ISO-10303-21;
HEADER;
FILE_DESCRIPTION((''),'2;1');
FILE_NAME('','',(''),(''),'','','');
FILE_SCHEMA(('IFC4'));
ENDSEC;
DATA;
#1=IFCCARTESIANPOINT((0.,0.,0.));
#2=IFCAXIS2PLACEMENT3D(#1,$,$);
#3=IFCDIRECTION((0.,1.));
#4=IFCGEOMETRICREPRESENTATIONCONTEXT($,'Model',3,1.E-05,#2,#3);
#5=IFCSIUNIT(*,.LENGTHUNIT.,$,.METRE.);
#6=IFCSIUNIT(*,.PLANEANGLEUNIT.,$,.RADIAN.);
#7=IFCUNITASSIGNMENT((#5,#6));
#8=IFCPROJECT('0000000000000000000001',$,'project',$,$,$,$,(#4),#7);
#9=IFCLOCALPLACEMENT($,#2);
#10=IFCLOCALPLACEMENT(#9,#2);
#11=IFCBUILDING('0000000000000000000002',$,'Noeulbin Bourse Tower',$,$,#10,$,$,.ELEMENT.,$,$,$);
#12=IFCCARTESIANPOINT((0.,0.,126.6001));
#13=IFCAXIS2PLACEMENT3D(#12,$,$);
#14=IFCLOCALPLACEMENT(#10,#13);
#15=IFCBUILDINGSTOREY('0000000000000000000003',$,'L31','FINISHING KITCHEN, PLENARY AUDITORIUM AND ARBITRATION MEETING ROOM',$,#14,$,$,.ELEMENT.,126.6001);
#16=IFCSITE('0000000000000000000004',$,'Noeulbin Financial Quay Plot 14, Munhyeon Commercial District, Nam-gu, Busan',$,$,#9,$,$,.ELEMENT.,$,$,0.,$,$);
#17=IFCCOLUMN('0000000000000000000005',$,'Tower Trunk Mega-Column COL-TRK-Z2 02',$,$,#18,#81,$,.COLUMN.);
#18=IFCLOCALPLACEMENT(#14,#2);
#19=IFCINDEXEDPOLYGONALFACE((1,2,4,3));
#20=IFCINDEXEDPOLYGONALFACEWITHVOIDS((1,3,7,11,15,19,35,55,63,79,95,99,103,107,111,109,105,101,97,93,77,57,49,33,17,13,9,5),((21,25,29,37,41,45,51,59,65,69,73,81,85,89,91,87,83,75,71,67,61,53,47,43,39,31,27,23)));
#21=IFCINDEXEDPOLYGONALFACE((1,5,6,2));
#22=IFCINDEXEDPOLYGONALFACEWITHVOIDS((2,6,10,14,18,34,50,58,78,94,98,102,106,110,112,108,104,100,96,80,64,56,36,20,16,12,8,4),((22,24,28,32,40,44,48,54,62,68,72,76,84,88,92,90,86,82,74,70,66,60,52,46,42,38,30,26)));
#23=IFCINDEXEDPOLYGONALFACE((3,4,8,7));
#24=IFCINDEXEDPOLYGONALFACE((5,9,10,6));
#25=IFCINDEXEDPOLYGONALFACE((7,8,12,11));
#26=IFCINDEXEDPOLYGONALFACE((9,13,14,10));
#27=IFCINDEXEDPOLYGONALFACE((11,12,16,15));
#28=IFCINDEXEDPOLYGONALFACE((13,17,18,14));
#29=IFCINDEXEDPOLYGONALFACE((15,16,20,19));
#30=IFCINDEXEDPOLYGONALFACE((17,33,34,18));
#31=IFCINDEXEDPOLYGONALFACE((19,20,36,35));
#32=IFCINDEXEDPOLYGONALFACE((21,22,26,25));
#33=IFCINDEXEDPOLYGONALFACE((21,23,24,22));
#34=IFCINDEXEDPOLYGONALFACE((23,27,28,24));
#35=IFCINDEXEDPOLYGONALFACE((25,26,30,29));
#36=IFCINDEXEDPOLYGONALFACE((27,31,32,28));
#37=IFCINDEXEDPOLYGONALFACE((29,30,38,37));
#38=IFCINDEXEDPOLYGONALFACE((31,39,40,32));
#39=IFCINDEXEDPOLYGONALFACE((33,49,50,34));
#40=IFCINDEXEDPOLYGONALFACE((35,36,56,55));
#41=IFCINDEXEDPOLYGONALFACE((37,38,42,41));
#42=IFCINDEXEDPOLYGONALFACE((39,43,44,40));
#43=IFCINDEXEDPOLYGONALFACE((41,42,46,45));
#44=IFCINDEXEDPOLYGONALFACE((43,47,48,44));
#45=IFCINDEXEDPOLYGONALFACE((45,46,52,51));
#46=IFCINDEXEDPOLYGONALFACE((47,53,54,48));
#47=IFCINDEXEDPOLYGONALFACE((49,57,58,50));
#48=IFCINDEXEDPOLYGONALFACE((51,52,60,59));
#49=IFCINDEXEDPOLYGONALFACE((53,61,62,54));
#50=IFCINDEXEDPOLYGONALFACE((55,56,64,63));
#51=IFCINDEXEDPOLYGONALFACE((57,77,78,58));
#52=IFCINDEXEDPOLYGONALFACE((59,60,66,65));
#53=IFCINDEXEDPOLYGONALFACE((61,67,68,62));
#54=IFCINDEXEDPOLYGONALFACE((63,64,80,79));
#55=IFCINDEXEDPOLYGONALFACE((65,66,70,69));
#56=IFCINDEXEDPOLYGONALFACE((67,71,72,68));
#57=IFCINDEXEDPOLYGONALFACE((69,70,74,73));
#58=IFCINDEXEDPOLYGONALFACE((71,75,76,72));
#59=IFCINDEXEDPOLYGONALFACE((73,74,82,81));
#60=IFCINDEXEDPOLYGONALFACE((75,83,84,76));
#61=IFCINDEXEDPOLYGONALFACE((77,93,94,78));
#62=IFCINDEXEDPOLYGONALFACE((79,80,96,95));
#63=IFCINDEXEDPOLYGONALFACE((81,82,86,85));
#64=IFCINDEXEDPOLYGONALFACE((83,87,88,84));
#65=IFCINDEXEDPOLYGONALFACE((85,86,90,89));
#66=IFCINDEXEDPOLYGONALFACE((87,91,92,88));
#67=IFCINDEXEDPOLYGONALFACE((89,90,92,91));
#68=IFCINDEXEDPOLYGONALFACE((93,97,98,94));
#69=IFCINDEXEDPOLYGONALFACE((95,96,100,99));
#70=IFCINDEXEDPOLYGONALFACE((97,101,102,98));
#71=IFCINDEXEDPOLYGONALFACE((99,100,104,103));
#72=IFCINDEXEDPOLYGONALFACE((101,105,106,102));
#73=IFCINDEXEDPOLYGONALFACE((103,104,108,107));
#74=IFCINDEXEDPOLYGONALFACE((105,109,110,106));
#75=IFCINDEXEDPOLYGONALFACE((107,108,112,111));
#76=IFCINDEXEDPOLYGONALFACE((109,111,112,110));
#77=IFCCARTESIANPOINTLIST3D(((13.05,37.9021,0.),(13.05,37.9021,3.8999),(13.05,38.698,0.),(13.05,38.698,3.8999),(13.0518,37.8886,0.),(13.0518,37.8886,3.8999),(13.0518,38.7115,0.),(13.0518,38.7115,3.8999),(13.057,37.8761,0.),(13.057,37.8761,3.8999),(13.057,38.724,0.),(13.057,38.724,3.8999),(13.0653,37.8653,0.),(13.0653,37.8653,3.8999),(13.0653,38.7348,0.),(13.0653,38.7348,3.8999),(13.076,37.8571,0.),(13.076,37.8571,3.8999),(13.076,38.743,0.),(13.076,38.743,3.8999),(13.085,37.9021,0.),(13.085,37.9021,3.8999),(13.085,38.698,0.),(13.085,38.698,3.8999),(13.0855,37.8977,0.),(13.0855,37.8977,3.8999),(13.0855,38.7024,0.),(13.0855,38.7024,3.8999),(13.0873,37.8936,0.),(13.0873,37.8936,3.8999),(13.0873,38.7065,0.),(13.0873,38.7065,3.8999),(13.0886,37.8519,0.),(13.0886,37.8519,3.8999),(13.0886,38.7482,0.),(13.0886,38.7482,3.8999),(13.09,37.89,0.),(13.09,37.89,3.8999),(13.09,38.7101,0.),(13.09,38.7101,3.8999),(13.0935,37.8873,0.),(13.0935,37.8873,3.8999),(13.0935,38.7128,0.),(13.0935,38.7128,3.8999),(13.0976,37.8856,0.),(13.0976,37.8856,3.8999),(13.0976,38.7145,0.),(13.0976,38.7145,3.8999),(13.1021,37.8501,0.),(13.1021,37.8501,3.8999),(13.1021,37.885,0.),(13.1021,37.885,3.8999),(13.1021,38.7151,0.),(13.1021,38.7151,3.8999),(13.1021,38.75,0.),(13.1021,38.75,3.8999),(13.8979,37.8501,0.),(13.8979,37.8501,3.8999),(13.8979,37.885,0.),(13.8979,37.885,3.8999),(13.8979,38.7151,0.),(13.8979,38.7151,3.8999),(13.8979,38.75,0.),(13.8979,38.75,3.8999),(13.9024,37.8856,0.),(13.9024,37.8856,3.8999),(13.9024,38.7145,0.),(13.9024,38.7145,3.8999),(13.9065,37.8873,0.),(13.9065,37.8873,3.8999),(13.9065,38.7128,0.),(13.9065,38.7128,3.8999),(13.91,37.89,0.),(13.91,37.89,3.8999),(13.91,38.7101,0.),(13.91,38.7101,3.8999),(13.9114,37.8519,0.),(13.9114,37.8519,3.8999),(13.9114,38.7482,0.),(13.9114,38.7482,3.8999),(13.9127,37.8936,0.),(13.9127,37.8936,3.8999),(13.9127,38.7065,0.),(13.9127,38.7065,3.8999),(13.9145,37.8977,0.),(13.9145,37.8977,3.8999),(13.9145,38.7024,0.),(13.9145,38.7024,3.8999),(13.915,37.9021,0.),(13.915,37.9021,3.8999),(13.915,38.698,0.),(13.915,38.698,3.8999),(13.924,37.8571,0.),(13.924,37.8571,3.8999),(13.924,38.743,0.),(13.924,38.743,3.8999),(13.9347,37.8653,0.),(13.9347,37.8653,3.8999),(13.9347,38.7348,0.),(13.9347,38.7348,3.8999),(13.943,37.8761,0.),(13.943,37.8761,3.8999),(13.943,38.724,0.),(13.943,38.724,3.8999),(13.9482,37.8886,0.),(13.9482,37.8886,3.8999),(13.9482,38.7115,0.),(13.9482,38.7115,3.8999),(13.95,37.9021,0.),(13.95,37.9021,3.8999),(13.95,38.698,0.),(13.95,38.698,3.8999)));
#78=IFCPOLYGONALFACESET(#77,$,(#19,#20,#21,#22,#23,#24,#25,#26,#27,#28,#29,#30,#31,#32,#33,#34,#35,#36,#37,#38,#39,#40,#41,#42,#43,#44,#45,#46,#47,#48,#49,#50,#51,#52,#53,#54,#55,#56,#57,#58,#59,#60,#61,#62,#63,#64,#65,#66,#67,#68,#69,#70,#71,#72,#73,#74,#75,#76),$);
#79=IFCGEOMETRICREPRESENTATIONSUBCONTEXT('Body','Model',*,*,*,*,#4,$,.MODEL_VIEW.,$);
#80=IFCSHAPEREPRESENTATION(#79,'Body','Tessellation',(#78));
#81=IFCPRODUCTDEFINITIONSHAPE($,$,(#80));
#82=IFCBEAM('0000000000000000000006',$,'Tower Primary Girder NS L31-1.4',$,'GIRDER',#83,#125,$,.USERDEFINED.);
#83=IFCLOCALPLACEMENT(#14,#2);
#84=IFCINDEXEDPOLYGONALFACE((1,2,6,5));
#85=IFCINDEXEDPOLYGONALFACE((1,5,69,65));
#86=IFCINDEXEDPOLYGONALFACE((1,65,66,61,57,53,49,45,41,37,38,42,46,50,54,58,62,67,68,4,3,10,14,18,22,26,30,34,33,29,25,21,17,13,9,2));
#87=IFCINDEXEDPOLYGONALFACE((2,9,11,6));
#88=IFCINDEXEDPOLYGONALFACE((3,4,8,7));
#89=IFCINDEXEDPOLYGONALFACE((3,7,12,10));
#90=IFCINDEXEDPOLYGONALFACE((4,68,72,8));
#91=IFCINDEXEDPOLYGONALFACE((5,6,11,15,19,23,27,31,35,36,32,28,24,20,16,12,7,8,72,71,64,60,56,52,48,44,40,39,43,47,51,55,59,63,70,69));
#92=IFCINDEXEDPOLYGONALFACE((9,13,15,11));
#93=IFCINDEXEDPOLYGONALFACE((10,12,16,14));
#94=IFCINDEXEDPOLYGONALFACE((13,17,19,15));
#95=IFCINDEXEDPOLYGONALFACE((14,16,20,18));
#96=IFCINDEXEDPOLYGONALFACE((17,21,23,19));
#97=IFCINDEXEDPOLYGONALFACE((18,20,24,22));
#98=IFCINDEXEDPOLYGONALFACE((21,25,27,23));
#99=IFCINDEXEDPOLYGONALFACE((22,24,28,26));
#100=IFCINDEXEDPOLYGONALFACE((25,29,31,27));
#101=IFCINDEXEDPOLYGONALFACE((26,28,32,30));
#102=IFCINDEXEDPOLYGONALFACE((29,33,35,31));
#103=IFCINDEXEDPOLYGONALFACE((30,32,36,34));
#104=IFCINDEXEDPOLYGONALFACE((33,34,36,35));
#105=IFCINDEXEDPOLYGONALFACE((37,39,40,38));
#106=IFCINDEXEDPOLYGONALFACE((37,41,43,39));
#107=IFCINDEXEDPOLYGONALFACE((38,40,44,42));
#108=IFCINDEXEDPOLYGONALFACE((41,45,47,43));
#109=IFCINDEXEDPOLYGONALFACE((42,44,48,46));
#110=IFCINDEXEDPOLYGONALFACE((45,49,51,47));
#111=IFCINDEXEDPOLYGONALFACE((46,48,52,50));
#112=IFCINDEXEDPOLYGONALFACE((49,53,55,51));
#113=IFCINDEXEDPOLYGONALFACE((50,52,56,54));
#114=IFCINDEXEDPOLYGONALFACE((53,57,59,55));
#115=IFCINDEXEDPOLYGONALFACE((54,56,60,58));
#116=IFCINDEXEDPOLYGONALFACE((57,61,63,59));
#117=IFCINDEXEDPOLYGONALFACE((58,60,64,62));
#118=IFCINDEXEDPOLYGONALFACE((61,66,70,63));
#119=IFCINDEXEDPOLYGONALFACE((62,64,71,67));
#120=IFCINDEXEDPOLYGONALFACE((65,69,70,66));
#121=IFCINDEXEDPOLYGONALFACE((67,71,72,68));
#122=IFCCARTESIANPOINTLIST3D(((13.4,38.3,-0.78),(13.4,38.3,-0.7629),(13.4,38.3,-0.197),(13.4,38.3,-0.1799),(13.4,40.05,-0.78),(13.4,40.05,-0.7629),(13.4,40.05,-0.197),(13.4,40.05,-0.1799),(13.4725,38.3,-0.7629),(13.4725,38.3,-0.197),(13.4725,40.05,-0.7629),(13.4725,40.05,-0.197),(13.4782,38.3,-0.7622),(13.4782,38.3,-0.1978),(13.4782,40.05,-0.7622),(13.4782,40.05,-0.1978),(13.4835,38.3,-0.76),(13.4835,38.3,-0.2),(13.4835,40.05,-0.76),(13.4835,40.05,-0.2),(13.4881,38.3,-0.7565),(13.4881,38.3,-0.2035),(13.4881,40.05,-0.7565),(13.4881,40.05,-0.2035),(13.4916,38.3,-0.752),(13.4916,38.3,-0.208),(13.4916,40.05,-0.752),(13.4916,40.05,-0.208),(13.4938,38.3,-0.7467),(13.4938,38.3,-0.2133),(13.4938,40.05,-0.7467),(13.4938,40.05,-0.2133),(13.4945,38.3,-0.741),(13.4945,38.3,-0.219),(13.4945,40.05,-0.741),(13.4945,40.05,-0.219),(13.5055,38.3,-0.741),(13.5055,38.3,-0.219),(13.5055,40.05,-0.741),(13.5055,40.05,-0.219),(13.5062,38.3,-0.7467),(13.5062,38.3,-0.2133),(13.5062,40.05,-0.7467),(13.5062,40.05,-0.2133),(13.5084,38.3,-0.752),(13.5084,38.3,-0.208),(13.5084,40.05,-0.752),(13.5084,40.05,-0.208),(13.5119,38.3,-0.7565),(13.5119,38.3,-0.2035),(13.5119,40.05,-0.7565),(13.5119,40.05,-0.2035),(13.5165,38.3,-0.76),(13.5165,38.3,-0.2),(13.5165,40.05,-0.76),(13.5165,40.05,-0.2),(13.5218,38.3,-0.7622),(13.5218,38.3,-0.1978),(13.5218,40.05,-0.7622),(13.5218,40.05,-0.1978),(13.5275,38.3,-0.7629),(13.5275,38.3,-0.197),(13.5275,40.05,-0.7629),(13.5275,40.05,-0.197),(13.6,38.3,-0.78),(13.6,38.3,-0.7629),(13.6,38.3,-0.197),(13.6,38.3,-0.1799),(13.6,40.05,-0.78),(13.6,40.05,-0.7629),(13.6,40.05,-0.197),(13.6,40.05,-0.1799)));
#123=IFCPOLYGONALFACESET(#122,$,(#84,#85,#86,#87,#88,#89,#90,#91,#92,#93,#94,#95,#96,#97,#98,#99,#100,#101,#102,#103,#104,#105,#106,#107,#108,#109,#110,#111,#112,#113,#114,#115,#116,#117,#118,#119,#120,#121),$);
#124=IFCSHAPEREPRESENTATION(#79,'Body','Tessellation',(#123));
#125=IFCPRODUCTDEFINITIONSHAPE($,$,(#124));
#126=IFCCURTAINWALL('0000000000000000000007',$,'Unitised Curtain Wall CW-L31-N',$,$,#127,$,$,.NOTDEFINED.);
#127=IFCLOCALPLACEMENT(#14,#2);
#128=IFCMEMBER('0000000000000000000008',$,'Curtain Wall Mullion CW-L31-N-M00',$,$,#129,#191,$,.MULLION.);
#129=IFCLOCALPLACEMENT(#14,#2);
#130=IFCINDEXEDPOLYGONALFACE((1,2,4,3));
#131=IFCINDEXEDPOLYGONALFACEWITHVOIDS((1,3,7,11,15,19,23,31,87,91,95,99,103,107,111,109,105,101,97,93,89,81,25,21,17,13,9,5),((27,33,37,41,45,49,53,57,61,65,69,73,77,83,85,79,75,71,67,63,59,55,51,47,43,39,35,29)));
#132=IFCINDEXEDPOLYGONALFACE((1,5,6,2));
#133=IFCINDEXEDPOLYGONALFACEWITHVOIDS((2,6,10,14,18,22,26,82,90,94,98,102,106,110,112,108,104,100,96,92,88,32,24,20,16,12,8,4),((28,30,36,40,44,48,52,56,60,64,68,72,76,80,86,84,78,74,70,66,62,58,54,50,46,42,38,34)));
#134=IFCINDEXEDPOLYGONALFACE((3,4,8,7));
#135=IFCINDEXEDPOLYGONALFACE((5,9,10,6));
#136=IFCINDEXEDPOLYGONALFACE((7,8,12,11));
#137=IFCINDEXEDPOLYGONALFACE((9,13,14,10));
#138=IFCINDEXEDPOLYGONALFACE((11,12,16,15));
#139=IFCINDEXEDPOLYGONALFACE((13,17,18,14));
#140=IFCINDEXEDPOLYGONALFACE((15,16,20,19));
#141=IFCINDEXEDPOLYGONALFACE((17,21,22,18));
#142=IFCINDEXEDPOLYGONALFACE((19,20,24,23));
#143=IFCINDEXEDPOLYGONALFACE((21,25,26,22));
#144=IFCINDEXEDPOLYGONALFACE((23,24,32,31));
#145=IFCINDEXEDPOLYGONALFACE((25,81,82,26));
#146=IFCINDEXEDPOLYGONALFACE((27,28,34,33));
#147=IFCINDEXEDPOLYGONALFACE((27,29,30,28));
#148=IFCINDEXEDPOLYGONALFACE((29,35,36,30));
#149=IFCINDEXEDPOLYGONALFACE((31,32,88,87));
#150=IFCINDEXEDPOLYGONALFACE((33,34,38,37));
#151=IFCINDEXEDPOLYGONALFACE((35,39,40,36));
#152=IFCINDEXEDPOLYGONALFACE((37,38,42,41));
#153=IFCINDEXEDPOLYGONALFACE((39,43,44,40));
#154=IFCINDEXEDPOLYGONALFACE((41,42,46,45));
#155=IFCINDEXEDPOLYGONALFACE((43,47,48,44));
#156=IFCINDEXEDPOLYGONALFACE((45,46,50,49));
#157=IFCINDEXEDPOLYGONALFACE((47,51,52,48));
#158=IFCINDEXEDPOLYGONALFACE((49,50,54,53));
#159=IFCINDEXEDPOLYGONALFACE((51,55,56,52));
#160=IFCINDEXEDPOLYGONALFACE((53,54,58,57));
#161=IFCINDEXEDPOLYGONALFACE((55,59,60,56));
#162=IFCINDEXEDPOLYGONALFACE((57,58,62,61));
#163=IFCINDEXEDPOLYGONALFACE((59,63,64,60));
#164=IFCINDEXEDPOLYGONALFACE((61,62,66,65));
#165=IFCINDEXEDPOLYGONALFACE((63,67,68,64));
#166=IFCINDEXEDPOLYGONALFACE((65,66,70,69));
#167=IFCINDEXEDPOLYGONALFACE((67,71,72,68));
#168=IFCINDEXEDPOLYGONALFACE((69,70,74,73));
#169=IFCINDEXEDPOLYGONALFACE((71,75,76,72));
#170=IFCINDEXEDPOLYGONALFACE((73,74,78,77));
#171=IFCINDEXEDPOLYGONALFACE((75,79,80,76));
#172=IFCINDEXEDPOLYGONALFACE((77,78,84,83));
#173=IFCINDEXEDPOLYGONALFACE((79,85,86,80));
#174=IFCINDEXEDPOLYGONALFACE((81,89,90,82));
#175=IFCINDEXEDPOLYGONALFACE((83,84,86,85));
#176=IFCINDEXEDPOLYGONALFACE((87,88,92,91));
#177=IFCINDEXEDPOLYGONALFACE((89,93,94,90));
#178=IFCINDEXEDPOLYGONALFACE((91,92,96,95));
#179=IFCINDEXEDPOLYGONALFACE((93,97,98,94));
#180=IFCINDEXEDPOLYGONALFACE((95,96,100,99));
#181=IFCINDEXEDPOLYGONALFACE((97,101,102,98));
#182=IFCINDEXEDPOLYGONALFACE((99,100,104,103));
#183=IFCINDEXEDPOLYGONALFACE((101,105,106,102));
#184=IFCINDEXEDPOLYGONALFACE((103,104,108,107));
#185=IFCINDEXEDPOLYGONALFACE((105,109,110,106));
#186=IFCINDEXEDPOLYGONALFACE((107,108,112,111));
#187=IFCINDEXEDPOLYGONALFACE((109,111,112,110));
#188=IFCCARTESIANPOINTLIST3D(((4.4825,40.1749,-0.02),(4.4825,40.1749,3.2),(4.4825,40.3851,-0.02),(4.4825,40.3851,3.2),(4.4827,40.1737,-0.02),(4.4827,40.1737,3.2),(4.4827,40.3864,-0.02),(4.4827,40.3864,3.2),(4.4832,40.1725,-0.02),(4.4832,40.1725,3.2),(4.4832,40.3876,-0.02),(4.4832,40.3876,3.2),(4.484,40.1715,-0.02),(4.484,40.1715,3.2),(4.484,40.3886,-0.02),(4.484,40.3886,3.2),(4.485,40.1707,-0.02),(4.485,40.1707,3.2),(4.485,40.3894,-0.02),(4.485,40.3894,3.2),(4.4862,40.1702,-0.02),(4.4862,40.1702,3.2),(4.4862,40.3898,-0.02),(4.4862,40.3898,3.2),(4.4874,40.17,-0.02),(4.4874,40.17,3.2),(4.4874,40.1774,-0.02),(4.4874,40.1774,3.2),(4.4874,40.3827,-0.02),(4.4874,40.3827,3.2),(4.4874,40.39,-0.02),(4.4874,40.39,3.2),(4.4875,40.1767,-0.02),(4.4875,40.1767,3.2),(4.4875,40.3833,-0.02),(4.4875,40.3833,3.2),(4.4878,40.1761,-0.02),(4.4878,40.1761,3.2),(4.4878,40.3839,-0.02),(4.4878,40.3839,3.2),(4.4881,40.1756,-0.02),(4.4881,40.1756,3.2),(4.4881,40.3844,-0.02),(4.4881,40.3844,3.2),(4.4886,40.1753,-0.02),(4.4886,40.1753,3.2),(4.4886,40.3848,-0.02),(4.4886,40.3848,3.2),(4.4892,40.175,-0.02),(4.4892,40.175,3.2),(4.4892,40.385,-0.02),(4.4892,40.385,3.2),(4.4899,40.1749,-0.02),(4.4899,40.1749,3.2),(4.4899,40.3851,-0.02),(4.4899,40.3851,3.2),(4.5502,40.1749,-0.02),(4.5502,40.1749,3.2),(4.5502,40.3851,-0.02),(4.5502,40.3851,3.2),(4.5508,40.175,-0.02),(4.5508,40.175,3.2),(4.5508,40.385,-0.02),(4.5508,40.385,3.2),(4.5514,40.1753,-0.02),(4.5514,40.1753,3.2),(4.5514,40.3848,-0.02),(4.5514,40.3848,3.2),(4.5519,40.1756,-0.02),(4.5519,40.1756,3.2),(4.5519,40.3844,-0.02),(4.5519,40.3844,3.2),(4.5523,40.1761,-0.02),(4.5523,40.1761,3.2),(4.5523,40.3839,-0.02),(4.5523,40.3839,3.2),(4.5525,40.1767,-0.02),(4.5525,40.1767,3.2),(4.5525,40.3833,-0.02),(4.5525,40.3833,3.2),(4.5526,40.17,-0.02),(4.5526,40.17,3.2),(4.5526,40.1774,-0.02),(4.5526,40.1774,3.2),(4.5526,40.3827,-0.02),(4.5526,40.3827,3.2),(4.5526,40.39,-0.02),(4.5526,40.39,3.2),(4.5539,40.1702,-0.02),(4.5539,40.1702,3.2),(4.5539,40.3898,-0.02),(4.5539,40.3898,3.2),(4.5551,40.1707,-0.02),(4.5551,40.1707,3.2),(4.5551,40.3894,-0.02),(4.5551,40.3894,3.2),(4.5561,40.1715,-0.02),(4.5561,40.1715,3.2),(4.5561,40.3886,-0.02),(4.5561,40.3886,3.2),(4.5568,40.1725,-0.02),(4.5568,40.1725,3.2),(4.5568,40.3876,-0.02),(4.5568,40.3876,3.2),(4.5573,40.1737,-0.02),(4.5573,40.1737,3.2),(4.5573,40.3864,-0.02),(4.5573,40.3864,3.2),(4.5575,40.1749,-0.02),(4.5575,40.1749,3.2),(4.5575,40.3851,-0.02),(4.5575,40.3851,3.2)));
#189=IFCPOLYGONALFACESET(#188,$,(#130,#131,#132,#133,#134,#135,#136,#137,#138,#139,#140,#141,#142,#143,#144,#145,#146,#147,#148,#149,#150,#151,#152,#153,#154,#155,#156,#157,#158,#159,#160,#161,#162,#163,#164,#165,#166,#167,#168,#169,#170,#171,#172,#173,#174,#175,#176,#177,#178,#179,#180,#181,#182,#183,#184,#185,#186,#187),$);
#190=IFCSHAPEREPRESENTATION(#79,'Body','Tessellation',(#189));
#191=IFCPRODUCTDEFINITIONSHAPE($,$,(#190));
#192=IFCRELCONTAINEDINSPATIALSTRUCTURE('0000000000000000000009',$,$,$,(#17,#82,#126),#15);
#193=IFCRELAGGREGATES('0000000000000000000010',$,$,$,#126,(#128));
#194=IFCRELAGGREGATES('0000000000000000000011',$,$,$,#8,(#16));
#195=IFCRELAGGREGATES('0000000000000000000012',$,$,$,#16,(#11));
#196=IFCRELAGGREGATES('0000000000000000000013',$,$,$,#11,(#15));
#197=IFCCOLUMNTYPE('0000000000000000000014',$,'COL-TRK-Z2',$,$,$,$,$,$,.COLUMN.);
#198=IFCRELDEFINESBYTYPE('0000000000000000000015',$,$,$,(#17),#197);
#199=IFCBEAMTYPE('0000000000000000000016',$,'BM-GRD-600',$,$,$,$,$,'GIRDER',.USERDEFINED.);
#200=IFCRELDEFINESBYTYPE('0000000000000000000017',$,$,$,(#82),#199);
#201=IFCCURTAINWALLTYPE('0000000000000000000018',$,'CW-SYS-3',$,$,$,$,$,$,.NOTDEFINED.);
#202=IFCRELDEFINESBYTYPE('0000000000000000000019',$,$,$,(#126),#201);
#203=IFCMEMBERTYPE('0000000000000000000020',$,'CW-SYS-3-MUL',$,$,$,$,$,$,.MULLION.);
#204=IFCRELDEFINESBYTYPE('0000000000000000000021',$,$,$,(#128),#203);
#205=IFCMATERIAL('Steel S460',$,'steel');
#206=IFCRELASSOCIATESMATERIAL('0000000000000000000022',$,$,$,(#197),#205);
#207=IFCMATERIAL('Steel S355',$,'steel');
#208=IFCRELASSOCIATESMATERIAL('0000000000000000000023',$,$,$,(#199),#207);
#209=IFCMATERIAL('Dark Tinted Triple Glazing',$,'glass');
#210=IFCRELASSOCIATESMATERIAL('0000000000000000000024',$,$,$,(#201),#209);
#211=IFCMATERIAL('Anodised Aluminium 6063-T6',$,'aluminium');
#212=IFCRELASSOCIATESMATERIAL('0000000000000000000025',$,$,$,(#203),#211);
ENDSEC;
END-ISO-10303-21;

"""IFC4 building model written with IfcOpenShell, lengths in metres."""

from ifc_helpers import new_model, si_unit, direction, frame, origin, origin_2d, place, context, subcontext, project, spatial, hollow_rectangle, i_section, extrude, material, material_profile, profile_set, type_object, element, aggregate, save


model = new_model("IFC4")

# Units and contexts
model_context = context("Model", 3, precision=1e-05, world=origin(), true_north=direction((0.0, 1.0)))
body_context = subcontext(model_context, "Body", "Model", "MODEL_VIEW")
ifc_project = project(units=[si_unit("LENGTHUNIT", "METRE"), si_unit("PLANEANGLEUNIT", "RADIAN")], contexts=[model_context])

# Site, building, storey
site_placement = place(None, origin())
site = spatial("IfcSite", under=ifc_project, at=site_placement, Name="Noeulbin Financial Quay Plot 14, Munhyeon Commercial District, Nam-gu, Busan", CompositionType="ELEMENT", RefElevation=0.0)
building_placement = place(site_placement, origin())
building = spatial("IfcBuilding", under=site, at=building_placement, Name="Noeulbin Bourse Tower", CompositionType="ELEMENT")
storey_placement = place(building_placement, frame((0.0, 0.0, 126.6001)))
storey = spatial("IfcBuildingStorey", under=building, at=storey_placement, Name="L31", Description="FINISHING KITCHEN, PLENARY AUDITORIUM AND ARBITRATION MEETING ROOM", CompositionType="ELEMENT", Elevation=126.6001)

# Column
ifc_material_1 = material(Name="Steel S460", Category="steel")
ifc_material_profile_1 = material_profile(ifc_material_1, hollow_rectangle(XDim=0.8999, YDim=0.8999, WallThickness=0.0349, InnerFilletRadius=0.0171, OuterFilletRadius=0.052, at=origin_2d()), Name="BOX-900x900x35", Category="LoadBearing")
ifc_profile_set_1 = profile_set([ifc_material_profile_1], Name="Steel S460")
column_type = type_object("IfcColumnType", Name="COL-TRK-Z2", PredefinedType="COLUMN", material=ifc_profile_set_1)
column_placement = place(storey_placement, frame((13.5, 38.3, 0.0), z_axis=(0.0, 0.0, 1.0), x_axis=(1.0, 0.0, 0.0)))
element("IfcColumn", 1, at=column_placement, inside=storey, type_object=column_type, Name="Tower Trunk Mega-Column COL-TRK-Z2 02", PredefinedType="COLUMN", context=body_context, shape_type="SweptSolid", body=[
    extrude(hollow_rectangle(XDim=0.8999, YDim=0.8999, WallThickness=0.0349, InnerFilletRadius=0.0171, OuterFilletRadius=0.052, at=origin_2d()), origin(), (0.0, 0.0, 1.0), 3.8999),
])

# Beam
ifc_material_2 = material(Name="Steel S355", Category="steel")
ifc_material_profile_2 = material_profile(ifc_material_2, i_section(OverallWidth=0.2, OverallDepth=0.6001, WebThickness=0.011, FlangeThickness=0.0171, FilletRadius=0.022, at=origin_2d()), Name="H-600x200x11x17", Category="LoadBearing")
ifc_profile_set_2 = profile_set([ifc_material_profile_2], Name="Steel S355")
beam_type = type_object("IfcBeamType", Name="BM-GRD-600", ElementType="GIRDER", PredefinedType="USERDEFINED", material=ifc_profile_set_2)
beam_placement = place(storey_placement, frame((13.5, 38.3, -0.48), z_axis=(0.0, 1.0, 0.0), x_axis=(-1.0, 0.0, 0.0)))
element("IfcBeam", 2, at=beam_placement, inside=storey, type_object=beam_type, Name="Tower Primary Girder NS L31-1.4", ObjectType="GIRDER", PredefinedType="USERDEFINED", context=body_context, shape_type="SweptSolid", body=[
    extrude(i_section(OverallWidth=0.2, OverallDepth=0.6001, WebThickness=0.011, FlangeThickness=0.0171, FilletRadius=0.022, at=origin_2d()), origin(), (0.0, 0.0, 1.0), 1.75),
])

# Curtain wall, member
ifc_material_3 = material(Name="Dark Tinted Triple Glazing", Category="glass")
curtain_wall_type = type_object("IfcCurtainWallType", Name="CW-SYS-3", PredefinedType="NOTDEFINED", material=ifc_material_3)
curtain_wall_1_placement = place(storey_placement, origin())
curtain_wall_1 = element("IfcCurtainWall", 3, at=curtain_wall_1_placement, inside=storey, type_object=curtain_wall_type, Name="Unitised Curtain Wall CW-L31-N", PredefinedType="NOTDEFINED")
ifc_material_4 = material(Name="Anodised Aluminium 6063-T6", Category="aluminium")
ifc_material_profile_3 = material_profile(ifc_material_4, hollow_rectangle(XDim=0.075, YDim=0.22, WallThickness=0.0049, InnerFilletRadius=0.0024, OuterFilletRadius=0.0049, at=origin_2d()), Name="ALU-MULL-75x220x5", Category="LoadBearing")
ifc_profile_set_3 = profile_set([ifc_material_profile_3], Name="Anodised Aluminium 6063-T6")
member_type_1 = type_object("IfcMemberType", Name="CW-SYS-3-MUL", PredefinedType="MULLION", material=ifc_profile_set_3)
member_1_placement = place(storey_placement, frame((4.52, 40.28, -0.02), z_axis=(0.0, 0.0, 1.0), x_axis=(1.0, 0.0, 0.0)))
member_1 = element("IfcMember", 4, at=member_1_placement, type_object=member_type_1, Name="Curtain Wall Mullion CW-L31-N-M00", PredefinedType="MULLION", context=body_context, shape_type="SweptSolid", body=[
    extrude(hollow_rectangle(XDim=0.075, YDim=0.22, WallThickness=0.0049, InnerFilletRadius=0.0024, OuterFilletRadius=0.0049, at=origin_2d()), origin(), (0.0, 0.0, 1.0), 3.22),
])

aggregate(curtain_wall_1, [member_1])

save(model, "model.ifc")
